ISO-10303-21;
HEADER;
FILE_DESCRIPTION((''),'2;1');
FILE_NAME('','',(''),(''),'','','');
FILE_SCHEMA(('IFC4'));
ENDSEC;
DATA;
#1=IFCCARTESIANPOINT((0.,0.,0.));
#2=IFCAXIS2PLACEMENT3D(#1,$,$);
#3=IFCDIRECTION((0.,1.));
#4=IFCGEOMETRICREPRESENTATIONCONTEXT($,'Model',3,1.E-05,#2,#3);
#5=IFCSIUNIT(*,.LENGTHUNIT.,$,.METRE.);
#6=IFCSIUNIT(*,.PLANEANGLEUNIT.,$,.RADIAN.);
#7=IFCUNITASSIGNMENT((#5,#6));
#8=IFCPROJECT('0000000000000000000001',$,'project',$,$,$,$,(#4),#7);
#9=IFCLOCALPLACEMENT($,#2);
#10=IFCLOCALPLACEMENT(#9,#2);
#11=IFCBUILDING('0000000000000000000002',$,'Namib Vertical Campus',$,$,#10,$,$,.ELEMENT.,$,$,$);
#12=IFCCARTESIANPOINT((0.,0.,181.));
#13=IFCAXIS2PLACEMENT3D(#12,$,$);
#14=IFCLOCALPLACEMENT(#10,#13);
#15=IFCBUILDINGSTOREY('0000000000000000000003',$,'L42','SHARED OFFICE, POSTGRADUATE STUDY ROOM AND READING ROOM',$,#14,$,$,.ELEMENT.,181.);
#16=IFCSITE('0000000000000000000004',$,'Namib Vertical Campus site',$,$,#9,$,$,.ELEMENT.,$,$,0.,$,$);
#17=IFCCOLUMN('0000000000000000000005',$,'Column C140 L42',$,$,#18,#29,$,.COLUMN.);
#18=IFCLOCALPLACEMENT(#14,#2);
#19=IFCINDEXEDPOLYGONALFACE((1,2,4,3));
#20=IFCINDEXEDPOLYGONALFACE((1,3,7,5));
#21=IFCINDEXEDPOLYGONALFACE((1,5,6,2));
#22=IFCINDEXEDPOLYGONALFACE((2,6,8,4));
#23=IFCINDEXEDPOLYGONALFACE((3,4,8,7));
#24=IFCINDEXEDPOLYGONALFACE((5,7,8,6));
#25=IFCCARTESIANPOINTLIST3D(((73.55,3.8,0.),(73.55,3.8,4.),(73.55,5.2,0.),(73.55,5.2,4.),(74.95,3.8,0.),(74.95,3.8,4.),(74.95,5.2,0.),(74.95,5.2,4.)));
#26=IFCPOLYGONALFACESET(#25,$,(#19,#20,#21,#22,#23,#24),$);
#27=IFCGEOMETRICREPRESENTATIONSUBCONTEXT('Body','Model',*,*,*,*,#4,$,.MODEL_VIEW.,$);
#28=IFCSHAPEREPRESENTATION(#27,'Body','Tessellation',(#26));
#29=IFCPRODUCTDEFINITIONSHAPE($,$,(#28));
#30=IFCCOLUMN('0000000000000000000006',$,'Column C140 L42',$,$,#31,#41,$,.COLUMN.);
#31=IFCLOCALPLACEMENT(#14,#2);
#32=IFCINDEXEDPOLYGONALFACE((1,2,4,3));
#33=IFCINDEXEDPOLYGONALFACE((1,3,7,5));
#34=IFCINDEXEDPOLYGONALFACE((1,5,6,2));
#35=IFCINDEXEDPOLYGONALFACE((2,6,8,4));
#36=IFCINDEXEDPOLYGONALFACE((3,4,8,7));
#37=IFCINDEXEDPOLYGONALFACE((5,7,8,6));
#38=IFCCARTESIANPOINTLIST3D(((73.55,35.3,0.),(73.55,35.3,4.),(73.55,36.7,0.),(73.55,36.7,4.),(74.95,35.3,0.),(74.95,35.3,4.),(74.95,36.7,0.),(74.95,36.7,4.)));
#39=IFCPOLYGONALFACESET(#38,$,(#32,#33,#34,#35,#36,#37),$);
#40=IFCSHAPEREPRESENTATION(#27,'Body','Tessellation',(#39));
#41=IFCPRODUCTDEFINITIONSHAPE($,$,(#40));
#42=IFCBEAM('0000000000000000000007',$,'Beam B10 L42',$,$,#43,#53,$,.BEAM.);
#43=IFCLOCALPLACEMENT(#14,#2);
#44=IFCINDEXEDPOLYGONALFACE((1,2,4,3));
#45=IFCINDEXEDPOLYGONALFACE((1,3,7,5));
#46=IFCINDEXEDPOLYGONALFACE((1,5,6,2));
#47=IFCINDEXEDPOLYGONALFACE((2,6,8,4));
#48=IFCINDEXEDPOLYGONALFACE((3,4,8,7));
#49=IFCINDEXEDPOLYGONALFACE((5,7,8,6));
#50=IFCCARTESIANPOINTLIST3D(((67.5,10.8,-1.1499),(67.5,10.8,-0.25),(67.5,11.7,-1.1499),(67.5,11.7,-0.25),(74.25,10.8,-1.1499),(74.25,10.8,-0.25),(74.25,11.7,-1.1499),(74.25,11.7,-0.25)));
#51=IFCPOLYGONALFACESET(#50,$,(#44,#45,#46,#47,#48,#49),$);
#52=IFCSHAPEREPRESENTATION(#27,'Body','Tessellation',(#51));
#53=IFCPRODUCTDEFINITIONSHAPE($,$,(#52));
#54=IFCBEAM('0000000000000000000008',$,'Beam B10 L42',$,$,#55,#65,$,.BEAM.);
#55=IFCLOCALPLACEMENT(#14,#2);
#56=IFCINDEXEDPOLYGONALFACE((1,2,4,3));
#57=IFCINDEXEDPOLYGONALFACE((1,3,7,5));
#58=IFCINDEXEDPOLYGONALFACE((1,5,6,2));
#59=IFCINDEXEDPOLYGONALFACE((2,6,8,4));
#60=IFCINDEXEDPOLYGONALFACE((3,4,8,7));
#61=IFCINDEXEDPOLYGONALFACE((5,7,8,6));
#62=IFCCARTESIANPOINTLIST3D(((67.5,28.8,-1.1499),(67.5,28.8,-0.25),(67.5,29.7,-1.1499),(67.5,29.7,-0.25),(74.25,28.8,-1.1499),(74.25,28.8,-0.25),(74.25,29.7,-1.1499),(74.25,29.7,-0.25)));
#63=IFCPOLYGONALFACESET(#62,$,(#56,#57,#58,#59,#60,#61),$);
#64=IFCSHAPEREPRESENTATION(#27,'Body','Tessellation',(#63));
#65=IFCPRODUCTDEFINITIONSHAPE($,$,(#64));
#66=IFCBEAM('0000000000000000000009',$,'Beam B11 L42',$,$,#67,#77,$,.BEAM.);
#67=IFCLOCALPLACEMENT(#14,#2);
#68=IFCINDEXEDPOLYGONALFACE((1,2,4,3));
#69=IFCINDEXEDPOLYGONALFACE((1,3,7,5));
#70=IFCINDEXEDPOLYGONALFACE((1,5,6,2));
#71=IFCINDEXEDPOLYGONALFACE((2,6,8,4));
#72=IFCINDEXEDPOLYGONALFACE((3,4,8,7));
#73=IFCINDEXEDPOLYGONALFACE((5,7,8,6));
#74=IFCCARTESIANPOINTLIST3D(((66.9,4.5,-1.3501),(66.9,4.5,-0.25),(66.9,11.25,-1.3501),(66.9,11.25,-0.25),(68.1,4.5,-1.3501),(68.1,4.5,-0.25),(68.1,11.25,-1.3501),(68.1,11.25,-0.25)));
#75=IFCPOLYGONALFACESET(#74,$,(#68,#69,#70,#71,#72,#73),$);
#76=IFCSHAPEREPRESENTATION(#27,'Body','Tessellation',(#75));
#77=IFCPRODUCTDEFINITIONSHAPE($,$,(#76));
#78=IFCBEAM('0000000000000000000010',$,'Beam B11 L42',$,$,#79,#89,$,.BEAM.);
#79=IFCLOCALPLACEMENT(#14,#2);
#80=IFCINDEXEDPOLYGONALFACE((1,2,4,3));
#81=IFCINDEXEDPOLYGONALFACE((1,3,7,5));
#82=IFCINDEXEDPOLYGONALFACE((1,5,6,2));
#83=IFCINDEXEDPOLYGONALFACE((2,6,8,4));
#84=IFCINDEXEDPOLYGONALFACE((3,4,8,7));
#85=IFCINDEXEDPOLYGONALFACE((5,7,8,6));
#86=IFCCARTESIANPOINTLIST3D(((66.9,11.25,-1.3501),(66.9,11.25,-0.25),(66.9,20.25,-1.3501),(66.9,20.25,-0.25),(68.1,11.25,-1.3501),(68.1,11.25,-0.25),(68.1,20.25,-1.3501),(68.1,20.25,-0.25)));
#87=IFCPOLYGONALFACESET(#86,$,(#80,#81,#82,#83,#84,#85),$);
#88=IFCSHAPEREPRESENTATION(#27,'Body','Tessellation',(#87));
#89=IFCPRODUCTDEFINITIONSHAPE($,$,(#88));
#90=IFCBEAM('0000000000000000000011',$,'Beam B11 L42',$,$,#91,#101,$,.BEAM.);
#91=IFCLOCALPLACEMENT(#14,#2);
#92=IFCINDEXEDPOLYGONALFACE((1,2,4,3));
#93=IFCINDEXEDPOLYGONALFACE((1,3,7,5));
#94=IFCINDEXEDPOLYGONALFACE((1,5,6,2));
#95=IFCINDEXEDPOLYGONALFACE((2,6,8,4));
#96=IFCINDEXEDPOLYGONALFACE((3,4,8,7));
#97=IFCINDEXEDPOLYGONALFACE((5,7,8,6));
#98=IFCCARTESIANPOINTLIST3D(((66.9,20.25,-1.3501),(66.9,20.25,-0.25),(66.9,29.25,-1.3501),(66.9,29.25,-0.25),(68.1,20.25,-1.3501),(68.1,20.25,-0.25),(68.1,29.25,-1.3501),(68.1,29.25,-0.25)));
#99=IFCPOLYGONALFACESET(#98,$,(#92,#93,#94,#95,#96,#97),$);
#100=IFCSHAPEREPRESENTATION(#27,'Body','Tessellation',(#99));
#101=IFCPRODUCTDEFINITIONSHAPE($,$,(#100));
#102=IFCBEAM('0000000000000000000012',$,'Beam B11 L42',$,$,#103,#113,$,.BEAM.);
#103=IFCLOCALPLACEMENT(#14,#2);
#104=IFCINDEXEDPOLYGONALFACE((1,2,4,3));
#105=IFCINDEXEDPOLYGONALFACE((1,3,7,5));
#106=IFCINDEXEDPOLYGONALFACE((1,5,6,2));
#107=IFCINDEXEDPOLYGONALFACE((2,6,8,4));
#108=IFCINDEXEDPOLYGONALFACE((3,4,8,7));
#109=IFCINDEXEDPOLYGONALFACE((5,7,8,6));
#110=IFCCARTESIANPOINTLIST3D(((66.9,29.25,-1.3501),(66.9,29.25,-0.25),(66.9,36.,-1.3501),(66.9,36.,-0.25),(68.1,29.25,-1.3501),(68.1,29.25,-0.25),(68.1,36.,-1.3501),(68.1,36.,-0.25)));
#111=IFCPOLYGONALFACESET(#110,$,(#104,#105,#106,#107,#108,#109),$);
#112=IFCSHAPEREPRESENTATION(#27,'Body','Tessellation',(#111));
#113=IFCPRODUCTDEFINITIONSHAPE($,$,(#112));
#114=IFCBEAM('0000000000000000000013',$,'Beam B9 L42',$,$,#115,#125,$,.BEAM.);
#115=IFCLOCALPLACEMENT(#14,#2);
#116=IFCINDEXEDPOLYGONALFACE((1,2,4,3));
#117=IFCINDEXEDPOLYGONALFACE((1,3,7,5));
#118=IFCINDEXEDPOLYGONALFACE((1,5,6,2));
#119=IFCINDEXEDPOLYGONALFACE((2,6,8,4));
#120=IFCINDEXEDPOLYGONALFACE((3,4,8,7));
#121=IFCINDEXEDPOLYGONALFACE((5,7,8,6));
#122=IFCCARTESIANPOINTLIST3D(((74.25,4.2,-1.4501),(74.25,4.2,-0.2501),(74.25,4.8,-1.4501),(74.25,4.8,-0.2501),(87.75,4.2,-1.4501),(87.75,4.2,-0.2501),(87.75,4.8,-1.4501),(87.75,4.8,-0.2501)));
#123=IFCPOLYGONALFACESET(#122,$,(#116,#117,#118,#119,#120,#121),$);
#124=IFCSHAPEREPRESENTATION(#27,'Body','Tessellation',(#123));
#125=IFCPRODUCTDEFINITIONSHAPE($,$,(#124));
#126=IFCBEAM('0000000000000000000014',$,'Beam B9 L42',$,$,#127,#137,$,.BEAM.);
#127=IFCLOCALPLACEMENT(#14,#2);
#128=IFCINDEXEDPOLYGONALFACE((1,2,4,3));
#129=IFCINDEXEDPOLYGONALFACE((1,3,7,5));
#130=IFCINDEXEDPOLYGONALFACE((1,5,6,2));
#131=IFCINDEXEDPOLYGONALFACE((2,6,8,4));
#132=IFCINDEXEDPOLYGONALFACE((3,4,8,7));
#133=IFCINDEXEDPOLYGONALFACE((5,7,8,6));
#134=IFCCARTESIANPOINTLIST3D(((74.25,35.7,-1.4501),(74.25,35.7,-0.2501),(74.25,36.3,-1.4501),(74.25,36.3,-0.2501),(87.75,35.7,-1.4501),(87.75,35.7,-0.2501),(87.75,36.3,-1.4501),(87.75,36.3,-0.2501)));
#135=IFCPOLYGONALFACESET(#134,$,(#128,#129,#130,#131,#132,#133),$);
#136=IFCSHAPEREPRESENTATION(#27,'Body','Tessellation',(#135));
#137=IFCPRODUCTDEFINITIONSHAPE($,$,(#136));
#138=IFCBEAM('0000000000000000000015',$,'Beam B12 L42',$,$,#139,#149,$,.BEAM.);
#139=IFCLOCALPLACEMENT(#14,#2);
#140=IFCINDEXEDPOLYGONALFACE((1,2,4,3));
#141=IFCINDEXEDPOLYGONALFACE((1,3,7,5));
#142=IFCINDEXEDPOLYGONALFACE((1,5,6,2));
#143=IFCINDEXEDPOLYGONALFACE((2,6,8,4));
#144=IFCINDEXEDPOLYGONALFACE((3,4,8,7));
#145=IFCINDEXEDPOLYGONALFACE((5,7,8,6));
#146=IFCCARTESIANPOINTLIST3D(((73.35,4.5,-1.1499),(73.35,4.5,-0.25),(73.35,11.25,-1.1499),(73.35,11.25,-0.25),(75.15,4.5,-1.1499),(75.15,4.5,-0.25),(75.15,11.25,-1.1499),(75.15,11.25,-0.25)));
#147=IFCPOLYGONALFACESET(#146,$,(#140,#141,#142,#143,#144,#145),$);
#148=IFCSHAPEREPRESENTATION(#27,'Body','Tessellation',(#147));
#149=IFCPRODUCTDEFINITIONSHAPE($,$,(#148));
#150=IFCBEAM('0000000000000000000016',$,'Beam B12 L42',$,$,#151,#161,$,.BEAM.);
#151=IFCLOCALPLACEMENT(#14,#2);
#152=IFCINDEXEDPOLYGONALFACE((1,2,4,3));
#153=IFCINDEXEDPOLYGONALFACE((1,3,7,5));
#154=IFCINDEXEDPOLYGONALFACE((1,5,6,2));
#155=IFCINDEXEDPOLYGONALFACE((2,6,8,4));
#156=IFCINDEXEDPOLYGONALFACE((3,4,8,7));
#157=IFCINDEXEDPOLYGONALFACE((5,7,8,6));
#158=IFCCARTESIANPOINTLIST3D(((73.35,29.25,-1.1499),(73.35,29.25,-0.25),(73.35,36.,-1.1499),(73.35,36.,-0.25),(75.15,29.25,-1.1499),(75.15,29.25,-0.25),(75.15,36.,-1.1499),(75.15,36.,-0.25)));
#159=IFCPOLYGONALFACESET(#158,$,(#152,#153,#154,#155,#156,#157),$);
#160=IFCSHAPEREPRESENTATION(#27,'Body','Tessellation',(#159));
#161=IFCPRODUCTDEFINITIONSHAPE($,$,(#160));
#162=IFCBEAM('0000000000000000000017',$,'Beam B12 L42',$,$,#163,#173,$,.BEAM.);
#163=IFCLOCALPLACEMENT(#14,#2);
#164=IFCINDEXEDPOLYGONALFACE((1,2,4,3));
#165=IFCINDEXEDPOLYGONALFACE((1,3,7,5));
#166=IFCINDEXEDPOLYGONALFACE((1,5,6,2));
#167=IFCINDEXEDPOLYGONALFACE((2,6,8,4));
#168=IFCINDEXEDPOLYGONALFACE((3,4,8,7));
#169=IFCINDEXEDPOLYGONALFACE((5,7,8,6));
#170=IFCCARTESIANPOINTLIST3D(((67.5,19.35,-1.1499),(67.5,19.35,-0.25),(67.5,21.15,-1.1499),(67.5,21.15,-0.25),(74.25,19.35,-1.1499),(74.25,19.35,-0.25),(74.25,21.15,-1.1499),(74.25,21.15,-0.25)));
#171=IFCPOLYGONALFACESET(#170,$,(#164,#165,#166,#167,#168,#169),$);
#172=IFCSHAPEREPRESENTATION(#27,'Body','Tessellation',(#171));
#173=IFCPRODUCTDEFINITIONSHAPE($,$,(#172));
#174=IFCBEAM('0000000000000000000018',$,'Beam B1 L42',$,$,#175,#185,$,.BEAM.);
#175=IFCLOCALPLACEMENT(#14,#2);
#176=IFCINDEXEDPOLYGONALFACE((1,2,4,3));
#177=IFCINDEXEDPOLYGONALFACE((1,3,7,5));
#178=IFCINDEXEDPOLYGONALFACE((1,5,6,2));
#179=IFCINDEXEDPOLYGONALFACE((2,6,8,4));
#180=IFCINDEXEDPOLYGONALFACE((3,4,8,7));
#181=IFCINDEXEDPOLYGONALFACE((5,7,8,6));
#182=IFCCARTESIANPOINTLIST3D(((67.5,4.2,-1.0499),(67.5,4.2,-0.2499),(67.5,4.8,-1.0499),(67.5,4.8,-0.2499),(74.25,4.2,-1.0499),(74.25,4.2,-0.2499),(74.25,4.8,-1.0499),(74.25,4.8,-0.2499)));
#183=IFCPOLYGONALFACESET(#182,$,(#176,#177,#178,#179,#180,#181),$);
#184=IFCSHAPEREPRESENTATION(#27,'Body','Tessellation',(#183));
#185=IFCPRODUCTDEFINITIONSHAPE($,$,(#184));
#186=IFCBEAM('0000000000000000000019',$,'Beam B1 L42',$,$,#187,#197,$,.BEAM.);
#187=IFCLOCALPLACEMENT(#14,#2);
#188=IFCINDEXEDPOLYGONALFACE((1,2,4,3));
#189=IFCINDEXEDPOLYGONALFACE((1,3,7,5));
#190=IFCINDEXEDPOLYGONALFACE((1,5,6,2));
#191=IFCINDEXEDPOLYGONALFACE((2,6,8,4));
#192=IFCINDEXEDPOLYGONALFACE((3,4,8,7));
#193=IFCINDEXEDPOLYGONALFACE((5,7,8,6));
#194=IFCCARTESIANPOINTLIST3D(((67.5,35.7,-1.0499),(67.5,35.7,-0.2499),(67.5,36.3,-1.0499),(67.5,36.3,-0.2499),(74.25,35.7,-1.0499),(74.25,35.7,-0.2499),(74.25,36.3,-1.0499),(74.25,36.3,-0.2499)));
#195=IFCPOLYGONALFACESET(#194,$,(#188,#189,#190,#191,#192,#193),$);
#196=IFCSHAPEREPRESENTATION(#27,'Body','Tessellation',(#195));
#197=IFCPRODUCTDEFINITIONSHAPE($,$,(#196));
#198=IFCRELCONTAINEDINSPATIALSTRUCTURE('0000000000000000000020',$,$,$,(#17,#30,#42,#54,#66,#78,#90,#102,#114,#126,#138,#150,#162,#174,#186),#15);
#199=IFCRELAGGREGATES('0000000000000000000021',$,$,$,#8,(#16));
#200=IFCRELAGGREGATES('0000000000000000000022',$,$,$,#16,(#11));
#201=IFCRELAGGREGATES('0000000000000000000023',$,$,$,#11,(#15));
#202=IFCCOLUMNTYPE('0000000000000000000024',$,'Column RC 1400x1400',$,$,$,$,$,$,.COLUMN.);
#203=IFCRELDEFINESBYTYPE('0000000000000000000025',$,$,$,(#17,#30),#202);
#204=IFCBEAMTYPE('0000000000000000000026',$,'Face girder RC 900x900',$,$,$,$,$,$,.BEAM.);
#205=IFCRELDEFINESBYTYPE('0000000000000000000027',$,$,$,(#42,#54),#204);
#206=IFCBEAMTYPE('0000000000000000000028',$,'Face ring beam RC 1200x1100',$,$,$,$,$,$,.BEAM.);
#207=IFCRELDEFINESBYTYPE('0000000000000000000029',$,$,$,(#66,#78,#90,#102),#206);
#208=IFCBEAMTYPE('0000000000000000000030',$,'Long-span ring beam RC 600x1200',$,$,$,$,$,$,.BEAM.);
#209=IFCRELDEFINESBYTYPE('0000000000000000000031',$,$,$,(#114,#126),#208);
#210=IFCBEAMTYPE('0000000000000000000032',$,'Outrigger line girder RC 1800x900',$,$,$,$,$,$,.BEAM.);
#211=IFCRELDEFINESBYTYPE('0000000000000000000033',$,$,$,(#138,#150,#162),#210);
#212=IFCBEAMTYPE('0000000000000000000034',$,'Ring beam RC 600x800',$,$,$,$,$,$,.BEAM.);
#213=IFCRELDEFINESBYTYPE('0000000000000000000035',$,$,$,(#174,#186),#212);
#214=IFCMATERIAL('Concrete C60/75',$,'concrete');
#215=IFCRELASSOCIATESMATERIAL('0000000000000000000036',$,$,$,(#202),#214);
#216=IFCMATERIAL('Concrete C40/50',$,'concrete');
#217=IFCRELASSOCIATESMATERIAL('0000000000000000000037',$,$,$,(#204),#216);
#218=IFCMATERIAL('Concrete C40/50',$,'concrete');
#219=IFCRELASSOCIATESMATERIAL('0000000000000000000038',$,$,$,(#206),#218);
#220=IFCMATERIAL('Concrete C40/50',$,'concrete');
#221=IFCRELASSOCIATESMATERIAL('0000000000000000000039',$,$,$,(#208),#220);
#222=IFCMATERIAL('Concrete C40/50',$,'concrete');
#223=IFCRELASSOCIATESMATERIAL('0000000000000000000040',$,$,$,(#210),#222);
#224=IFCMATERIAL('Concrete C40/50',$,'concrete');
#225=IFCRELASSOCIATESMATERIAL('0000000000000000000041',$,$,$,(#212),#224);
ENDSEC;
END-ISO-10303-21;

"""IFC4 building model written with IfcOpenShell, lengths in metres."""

from ifc_helpers import new_model, si_unit, direction, frame, origin, origin_2d, place, context, subcontext, project, spatial, rectangle, extrude, material, material_profile, profile_set, type_object, element, save


model = new_model("IFC4")

# Units and contexts
model_context = context("Model", 3, precision=1e-05, world=origin(), true_north=direction((0.0, 1.0)))
body_context = subcontext(model_context, "Body", "Model", "MODEL_VIEW")
ifc_project = project(units=[si_unit("LENGTHUNIT", "METRE"), si_unit("PLANEANGLEUNIT", "RADIAN")], contexts=[model_context])

# Site, building, storey
site_placement = place(None, origin())
site = spatial("IfcSite", under=ifc_project, at=site_placement, Name="Namib Vertical Campus site", CompositionType="ELEMENT", RefElevation=0.0)
building_placement = place(site_placement, origin())
building = spatial("IfcBuilding", under=site, at=building_placement, Name="Namib Vertical Campus", CompositionType="ELEMENT")
storey_placement = place(building_placement, frame((0.0, 0.0, 181.0)))
storey = spatial("IfcBuildingStorey", under=building, at=storey_placement, Name="L42", Description="SHARED OFFICE, POSTGRADUATE STUDY ROOM AND READING ROOM", CompositionType="ELEMENT", Elevation=181.0)

# Columns
ifc_material_1 = material(Name="Concrete C60/75", Category="concrete")
ifc_material_profile_1 = material_profile(ifc_material_1, rectangle(XDim=1.3999, YDim=1.3999, at=origin_2d()))
ifc_profile_set_1 = profile_set([ifc_material_profile_1], Name="Concrete C60/75")
column_type = type_object("IfcColumnType", Name="Column RC 1400x1400", PredefinedType="COLUMN", material=ifc_profile_set_1)
for number, where, z_axis, x_axis, name in (
    (1, (74.25, 4.5, 0.0), (0.0, 0.0, 1.0), (1.0, 0.0, 0.0), "Column C140 L42"),
    (2, (74.25, 36.0, 0.0), (0.0, 0.0, 1.0), (1.0, 0.0, 0.0), "Column C140 L42"),
):
    element("IfcColumn", number, at=place(storey_placement, frame(where, z_axis=z_axis, x_axis=x_axis)), inside=storey, type_object=column_type, Name=name, PredefinedType="COLUMN", context=body_context, shape_type="SweptSolid", body=[
        extrude(rectangle(XDim=1.3999, YDim=1.3999, at=origin_2d()), origin(), (0.0, 0.0, 1.0), 4.0),
    ])

# Beams
ifc_material_2 = material(Name="Concrete C40/50", Category="concrete")
ifc_material_profile_2 = material_profile(ifc_material_2, rectangle(XDim=0.8999, YDim=0.8999, at=origin_2d()))
ifc_profile_set_2 = profile_set([ifc_material_profile_2], Name="Concrete C40/50")
beam_type_1 = type_object("IfcBeamType", Name="Face girder RC 900x900", PredefinedType="BEAM", material=ifc_profile_set_2)
for number, where, z_axis, x_axis, name in (
    (3, (67.5, 11.25, -0.7), (1.0, 0.0, 0.0), (0.0, 1.0, 0.0), "Beam B10 L42"),
    (4, (67.5, 29.25, -0.7), (1.0, 0.0, 0.0), (0.0, 1.0, 0.0), "Beam B10 L42"),
):
    element("IfcBeam", number, at=place(storey_placement, frame(where, z_axis=z_axis, x_axis=x_axis)), inside=storey, type_object=beam_type_1, Name=name, PredefinedType="BEAM", context=body_context, shape_type="SweptSolid", body=[
        extrude(rectangle(XDim=0.8999, YDim=0.8999, at=origin_2d()), origin(), (0.0, 0.0, 1.0), 6.75),
    ])
ifc_material_3 = material(Name="Concrete C40/50", Category="concrete")
ifc_material_profile_3 = material_profile(ifc_material_3, rectangle(XDim=1.2, YDim=1.1001, at=origin_2d()))
ifc_profile_set_3 = profile_set([ifc_material_profile_3], Name="Concrete C40/50")
beam_type_2 = type_object("IfcBeamType", Name="Face ring beam RC 1200x1100", PredefinedType="BEAM", material=ifc_profile_set_3)
beam_1_placement = place(storey_placement, frame((67.5, 4.5, -0.8), z_axis=(0.0, 1.0, 0.0), x_axis=(-1.0, 0.0, 0.0)))
element("IfcBeam", 5, at=beam_1_placement, inside=storey, type_object=beam_type_2, Name="Beam B11 L42", PredefinedType="BEAM", context=body_context, shape_type="SweptSolid", body=[
    extrude(rectangle(XDim=1.2, YDim=1.1001, at=origin_2d()), origin(), (0.0, 0.0, 1.0), 6.75),
])
for number, where, z_axis, x_axis, name in (
    (6, (67.5, 11.25, -0.8), (0.0, 1.0, 0.0), (-1.0, 0.0, 0.0), "Beam B11 L42"),
    (7, (67.5, 20.25, -0.8), (0.0, 1.0, 0.0), (-1.0, 0.0, 0.0), "Beam B11 L42"),
):
    element("IfcBeam", number, at=place(storey_placement, frame(where, z_axis=z_axis, x_axis=x_axis)), inside=storey, type_object=beam_type_2, Name=name, PredefinedType="BEAM", context=body_context, shape_type="SweptSolid", body=[
        extrude(rectangle(XDim=1.2, YDim=1.1001, at=origin_2d()), origin(), (0.0, 0.0, 1.0), 9.0),
    ])
beam_2_placement = place(storey_placement, frame((67.5, 29.25, -0.8), z_axis=(0.0, 1.0, 0.0), x_axis=(-1.0, 0.0, 0.0)))
element("IfcBeam", 8, at=beam_2_placement, inside=storey, type_object=beam_type_2, Name="Beam B11 L42", PredefinedType="BEAM", context=body_context, shape_type="SweptSolid", body=[
    extrude(rectangle(XDim=1.2, YDim=1.1001, at=origin_2d()), origin(), (0.0, 0.0, 1.0), 6.75),
])
ifc_material_4 = material(Name="Concrete C40/50", Category="concrete")
ifc_material_profile_4 = material_profile(ifc_material_4, rectangle(XDim=0.6001, YDim=1.2, at=origin_2d()))
ifc_profile_set_4 = profile_set([ifc_material_profile_4], Name="Concrete C40/50")
beam_type_3 = type_object("IfcBeamType", Name="Long-span ring beam RC 600x1200", PredefinedType="BEAM", material=ifc_profile_set_4)
for number, where, z_axis, x_axis, name in (
    (9, (74.25, 4.5, -0.8501), (1.0, 0.0, 0.0), (0.0, 1.0, 0.0), "Beam B9 L42"),
    (10, (74.25, 36.0, -0.8501), (1.0, 0.0, 0.0), (0.0, 1.0, 0.0), "Beam B9 L42"),
):
    element("IfcBeam", number, at=place(storey_placement, frame(where, z_axis=z_axis, x_axis=x_axis)), inside=storey, type_object=beam_type_3, Name=name, PredefinedType="BEAM", context=body_context, shape_type="SweptSolid", body=[
        extrude(rectangle(XDim=0.6001, YDim=1.2, at=origin_2d()), origin(), (0.0, 0.0, 1.0), 13.5),
    ])
ifc_material_5 = material(Name="Concrete C40/50", Category="concrete")
ifc_material_profile_5 = material_profile(ifc_material_5, rectangle(XDim=1.8, YDim=0.8999, at=origin_2d()))
ifc_profile_set_5 = profile_set([ifc_material_profile_5], Name="Concrete C40/50")
beam_type_4 = type_object("IfcBeamType", Name="Outrigger line girder RC 1800x900", PredefinedType="BEAM", material=ifc_profile_set_5)
for number, where, z_axis, x_axis, name in (
    (11, (74.25, 4.5, -0.7), (0.0, 1.0, 0.0), (-1.0, 0.0, 0.0), "Beam B12 L42"),
    (12, (74.25, 36.0, -0.7), (0.0, -1.0, 0.0), (1.0, 0.0, 0.0), "Beam B12 L42"),
    (13, (67.5, 20.25, -0.7), (1.0, 0.0, 0.0), (0.0, 1.0, 0.0), "Beam B12 L42"),
):
    element("IfcBeam", number, at=place(storey_placement, frame(where, z_axis=z_axis, x_axis=x_axis)), inside=storey, type_object=beam_type_4, Name=name, PredefinedType="BEAM", context=body_context, shape_type="SweptSolid", body=[
        extrude(rectangle(XDim=1.8, YDim=0.8999, at=origin_2d()), origin(), (0.0, 0.0, 1.0), 6.75),
    ])
ifc_material_6 = material(Name="Concrete C40/50", Category="concrete")
ifc_material_profile_6 = material_profile(ifc_material_6, rectangle(XDim=0.6001, YDim=0.8, at=origin_2d()))
ifc_profile_set_6 = profile_set([ifc_material_profile_6], Name="Concrete C40/50")
beam_type_5 = type_object("IfcBeamType", Name="Ring beam RC 600x800", PredefinedType="BEAM", material=ifc_profile_set_6)
for number, where, z_axis, x_axis, name in (
    (14, (67.5, 4.5, -0.6499), (1.0, 0.0, 0.0), (0.0, 1.0, 0.0), "Beam B1 L42"),
    (15, (67.5, 36.0, -0.6499), (1.0, 0.0, 0.0), (0.0, 1.0, 0.0), "Beam B1 L42"),
):
    element("IfcBeam", number, at=place(storey_placement, frame(where, z_axis=z_axis, x_axis=x_axis)), inside=storey, type_object=beam_type_5, Name=name, PredefinedType="BEAM", context=body_context, shape_type="SweptSolid", body=[
        extrude(rectangle(XDim=0.6001, YDim=0.8, at=origin_2d()), origin(), (0.0, 0.0, 1.0), 6.75),
    ])

save(model, "model.ifc")
